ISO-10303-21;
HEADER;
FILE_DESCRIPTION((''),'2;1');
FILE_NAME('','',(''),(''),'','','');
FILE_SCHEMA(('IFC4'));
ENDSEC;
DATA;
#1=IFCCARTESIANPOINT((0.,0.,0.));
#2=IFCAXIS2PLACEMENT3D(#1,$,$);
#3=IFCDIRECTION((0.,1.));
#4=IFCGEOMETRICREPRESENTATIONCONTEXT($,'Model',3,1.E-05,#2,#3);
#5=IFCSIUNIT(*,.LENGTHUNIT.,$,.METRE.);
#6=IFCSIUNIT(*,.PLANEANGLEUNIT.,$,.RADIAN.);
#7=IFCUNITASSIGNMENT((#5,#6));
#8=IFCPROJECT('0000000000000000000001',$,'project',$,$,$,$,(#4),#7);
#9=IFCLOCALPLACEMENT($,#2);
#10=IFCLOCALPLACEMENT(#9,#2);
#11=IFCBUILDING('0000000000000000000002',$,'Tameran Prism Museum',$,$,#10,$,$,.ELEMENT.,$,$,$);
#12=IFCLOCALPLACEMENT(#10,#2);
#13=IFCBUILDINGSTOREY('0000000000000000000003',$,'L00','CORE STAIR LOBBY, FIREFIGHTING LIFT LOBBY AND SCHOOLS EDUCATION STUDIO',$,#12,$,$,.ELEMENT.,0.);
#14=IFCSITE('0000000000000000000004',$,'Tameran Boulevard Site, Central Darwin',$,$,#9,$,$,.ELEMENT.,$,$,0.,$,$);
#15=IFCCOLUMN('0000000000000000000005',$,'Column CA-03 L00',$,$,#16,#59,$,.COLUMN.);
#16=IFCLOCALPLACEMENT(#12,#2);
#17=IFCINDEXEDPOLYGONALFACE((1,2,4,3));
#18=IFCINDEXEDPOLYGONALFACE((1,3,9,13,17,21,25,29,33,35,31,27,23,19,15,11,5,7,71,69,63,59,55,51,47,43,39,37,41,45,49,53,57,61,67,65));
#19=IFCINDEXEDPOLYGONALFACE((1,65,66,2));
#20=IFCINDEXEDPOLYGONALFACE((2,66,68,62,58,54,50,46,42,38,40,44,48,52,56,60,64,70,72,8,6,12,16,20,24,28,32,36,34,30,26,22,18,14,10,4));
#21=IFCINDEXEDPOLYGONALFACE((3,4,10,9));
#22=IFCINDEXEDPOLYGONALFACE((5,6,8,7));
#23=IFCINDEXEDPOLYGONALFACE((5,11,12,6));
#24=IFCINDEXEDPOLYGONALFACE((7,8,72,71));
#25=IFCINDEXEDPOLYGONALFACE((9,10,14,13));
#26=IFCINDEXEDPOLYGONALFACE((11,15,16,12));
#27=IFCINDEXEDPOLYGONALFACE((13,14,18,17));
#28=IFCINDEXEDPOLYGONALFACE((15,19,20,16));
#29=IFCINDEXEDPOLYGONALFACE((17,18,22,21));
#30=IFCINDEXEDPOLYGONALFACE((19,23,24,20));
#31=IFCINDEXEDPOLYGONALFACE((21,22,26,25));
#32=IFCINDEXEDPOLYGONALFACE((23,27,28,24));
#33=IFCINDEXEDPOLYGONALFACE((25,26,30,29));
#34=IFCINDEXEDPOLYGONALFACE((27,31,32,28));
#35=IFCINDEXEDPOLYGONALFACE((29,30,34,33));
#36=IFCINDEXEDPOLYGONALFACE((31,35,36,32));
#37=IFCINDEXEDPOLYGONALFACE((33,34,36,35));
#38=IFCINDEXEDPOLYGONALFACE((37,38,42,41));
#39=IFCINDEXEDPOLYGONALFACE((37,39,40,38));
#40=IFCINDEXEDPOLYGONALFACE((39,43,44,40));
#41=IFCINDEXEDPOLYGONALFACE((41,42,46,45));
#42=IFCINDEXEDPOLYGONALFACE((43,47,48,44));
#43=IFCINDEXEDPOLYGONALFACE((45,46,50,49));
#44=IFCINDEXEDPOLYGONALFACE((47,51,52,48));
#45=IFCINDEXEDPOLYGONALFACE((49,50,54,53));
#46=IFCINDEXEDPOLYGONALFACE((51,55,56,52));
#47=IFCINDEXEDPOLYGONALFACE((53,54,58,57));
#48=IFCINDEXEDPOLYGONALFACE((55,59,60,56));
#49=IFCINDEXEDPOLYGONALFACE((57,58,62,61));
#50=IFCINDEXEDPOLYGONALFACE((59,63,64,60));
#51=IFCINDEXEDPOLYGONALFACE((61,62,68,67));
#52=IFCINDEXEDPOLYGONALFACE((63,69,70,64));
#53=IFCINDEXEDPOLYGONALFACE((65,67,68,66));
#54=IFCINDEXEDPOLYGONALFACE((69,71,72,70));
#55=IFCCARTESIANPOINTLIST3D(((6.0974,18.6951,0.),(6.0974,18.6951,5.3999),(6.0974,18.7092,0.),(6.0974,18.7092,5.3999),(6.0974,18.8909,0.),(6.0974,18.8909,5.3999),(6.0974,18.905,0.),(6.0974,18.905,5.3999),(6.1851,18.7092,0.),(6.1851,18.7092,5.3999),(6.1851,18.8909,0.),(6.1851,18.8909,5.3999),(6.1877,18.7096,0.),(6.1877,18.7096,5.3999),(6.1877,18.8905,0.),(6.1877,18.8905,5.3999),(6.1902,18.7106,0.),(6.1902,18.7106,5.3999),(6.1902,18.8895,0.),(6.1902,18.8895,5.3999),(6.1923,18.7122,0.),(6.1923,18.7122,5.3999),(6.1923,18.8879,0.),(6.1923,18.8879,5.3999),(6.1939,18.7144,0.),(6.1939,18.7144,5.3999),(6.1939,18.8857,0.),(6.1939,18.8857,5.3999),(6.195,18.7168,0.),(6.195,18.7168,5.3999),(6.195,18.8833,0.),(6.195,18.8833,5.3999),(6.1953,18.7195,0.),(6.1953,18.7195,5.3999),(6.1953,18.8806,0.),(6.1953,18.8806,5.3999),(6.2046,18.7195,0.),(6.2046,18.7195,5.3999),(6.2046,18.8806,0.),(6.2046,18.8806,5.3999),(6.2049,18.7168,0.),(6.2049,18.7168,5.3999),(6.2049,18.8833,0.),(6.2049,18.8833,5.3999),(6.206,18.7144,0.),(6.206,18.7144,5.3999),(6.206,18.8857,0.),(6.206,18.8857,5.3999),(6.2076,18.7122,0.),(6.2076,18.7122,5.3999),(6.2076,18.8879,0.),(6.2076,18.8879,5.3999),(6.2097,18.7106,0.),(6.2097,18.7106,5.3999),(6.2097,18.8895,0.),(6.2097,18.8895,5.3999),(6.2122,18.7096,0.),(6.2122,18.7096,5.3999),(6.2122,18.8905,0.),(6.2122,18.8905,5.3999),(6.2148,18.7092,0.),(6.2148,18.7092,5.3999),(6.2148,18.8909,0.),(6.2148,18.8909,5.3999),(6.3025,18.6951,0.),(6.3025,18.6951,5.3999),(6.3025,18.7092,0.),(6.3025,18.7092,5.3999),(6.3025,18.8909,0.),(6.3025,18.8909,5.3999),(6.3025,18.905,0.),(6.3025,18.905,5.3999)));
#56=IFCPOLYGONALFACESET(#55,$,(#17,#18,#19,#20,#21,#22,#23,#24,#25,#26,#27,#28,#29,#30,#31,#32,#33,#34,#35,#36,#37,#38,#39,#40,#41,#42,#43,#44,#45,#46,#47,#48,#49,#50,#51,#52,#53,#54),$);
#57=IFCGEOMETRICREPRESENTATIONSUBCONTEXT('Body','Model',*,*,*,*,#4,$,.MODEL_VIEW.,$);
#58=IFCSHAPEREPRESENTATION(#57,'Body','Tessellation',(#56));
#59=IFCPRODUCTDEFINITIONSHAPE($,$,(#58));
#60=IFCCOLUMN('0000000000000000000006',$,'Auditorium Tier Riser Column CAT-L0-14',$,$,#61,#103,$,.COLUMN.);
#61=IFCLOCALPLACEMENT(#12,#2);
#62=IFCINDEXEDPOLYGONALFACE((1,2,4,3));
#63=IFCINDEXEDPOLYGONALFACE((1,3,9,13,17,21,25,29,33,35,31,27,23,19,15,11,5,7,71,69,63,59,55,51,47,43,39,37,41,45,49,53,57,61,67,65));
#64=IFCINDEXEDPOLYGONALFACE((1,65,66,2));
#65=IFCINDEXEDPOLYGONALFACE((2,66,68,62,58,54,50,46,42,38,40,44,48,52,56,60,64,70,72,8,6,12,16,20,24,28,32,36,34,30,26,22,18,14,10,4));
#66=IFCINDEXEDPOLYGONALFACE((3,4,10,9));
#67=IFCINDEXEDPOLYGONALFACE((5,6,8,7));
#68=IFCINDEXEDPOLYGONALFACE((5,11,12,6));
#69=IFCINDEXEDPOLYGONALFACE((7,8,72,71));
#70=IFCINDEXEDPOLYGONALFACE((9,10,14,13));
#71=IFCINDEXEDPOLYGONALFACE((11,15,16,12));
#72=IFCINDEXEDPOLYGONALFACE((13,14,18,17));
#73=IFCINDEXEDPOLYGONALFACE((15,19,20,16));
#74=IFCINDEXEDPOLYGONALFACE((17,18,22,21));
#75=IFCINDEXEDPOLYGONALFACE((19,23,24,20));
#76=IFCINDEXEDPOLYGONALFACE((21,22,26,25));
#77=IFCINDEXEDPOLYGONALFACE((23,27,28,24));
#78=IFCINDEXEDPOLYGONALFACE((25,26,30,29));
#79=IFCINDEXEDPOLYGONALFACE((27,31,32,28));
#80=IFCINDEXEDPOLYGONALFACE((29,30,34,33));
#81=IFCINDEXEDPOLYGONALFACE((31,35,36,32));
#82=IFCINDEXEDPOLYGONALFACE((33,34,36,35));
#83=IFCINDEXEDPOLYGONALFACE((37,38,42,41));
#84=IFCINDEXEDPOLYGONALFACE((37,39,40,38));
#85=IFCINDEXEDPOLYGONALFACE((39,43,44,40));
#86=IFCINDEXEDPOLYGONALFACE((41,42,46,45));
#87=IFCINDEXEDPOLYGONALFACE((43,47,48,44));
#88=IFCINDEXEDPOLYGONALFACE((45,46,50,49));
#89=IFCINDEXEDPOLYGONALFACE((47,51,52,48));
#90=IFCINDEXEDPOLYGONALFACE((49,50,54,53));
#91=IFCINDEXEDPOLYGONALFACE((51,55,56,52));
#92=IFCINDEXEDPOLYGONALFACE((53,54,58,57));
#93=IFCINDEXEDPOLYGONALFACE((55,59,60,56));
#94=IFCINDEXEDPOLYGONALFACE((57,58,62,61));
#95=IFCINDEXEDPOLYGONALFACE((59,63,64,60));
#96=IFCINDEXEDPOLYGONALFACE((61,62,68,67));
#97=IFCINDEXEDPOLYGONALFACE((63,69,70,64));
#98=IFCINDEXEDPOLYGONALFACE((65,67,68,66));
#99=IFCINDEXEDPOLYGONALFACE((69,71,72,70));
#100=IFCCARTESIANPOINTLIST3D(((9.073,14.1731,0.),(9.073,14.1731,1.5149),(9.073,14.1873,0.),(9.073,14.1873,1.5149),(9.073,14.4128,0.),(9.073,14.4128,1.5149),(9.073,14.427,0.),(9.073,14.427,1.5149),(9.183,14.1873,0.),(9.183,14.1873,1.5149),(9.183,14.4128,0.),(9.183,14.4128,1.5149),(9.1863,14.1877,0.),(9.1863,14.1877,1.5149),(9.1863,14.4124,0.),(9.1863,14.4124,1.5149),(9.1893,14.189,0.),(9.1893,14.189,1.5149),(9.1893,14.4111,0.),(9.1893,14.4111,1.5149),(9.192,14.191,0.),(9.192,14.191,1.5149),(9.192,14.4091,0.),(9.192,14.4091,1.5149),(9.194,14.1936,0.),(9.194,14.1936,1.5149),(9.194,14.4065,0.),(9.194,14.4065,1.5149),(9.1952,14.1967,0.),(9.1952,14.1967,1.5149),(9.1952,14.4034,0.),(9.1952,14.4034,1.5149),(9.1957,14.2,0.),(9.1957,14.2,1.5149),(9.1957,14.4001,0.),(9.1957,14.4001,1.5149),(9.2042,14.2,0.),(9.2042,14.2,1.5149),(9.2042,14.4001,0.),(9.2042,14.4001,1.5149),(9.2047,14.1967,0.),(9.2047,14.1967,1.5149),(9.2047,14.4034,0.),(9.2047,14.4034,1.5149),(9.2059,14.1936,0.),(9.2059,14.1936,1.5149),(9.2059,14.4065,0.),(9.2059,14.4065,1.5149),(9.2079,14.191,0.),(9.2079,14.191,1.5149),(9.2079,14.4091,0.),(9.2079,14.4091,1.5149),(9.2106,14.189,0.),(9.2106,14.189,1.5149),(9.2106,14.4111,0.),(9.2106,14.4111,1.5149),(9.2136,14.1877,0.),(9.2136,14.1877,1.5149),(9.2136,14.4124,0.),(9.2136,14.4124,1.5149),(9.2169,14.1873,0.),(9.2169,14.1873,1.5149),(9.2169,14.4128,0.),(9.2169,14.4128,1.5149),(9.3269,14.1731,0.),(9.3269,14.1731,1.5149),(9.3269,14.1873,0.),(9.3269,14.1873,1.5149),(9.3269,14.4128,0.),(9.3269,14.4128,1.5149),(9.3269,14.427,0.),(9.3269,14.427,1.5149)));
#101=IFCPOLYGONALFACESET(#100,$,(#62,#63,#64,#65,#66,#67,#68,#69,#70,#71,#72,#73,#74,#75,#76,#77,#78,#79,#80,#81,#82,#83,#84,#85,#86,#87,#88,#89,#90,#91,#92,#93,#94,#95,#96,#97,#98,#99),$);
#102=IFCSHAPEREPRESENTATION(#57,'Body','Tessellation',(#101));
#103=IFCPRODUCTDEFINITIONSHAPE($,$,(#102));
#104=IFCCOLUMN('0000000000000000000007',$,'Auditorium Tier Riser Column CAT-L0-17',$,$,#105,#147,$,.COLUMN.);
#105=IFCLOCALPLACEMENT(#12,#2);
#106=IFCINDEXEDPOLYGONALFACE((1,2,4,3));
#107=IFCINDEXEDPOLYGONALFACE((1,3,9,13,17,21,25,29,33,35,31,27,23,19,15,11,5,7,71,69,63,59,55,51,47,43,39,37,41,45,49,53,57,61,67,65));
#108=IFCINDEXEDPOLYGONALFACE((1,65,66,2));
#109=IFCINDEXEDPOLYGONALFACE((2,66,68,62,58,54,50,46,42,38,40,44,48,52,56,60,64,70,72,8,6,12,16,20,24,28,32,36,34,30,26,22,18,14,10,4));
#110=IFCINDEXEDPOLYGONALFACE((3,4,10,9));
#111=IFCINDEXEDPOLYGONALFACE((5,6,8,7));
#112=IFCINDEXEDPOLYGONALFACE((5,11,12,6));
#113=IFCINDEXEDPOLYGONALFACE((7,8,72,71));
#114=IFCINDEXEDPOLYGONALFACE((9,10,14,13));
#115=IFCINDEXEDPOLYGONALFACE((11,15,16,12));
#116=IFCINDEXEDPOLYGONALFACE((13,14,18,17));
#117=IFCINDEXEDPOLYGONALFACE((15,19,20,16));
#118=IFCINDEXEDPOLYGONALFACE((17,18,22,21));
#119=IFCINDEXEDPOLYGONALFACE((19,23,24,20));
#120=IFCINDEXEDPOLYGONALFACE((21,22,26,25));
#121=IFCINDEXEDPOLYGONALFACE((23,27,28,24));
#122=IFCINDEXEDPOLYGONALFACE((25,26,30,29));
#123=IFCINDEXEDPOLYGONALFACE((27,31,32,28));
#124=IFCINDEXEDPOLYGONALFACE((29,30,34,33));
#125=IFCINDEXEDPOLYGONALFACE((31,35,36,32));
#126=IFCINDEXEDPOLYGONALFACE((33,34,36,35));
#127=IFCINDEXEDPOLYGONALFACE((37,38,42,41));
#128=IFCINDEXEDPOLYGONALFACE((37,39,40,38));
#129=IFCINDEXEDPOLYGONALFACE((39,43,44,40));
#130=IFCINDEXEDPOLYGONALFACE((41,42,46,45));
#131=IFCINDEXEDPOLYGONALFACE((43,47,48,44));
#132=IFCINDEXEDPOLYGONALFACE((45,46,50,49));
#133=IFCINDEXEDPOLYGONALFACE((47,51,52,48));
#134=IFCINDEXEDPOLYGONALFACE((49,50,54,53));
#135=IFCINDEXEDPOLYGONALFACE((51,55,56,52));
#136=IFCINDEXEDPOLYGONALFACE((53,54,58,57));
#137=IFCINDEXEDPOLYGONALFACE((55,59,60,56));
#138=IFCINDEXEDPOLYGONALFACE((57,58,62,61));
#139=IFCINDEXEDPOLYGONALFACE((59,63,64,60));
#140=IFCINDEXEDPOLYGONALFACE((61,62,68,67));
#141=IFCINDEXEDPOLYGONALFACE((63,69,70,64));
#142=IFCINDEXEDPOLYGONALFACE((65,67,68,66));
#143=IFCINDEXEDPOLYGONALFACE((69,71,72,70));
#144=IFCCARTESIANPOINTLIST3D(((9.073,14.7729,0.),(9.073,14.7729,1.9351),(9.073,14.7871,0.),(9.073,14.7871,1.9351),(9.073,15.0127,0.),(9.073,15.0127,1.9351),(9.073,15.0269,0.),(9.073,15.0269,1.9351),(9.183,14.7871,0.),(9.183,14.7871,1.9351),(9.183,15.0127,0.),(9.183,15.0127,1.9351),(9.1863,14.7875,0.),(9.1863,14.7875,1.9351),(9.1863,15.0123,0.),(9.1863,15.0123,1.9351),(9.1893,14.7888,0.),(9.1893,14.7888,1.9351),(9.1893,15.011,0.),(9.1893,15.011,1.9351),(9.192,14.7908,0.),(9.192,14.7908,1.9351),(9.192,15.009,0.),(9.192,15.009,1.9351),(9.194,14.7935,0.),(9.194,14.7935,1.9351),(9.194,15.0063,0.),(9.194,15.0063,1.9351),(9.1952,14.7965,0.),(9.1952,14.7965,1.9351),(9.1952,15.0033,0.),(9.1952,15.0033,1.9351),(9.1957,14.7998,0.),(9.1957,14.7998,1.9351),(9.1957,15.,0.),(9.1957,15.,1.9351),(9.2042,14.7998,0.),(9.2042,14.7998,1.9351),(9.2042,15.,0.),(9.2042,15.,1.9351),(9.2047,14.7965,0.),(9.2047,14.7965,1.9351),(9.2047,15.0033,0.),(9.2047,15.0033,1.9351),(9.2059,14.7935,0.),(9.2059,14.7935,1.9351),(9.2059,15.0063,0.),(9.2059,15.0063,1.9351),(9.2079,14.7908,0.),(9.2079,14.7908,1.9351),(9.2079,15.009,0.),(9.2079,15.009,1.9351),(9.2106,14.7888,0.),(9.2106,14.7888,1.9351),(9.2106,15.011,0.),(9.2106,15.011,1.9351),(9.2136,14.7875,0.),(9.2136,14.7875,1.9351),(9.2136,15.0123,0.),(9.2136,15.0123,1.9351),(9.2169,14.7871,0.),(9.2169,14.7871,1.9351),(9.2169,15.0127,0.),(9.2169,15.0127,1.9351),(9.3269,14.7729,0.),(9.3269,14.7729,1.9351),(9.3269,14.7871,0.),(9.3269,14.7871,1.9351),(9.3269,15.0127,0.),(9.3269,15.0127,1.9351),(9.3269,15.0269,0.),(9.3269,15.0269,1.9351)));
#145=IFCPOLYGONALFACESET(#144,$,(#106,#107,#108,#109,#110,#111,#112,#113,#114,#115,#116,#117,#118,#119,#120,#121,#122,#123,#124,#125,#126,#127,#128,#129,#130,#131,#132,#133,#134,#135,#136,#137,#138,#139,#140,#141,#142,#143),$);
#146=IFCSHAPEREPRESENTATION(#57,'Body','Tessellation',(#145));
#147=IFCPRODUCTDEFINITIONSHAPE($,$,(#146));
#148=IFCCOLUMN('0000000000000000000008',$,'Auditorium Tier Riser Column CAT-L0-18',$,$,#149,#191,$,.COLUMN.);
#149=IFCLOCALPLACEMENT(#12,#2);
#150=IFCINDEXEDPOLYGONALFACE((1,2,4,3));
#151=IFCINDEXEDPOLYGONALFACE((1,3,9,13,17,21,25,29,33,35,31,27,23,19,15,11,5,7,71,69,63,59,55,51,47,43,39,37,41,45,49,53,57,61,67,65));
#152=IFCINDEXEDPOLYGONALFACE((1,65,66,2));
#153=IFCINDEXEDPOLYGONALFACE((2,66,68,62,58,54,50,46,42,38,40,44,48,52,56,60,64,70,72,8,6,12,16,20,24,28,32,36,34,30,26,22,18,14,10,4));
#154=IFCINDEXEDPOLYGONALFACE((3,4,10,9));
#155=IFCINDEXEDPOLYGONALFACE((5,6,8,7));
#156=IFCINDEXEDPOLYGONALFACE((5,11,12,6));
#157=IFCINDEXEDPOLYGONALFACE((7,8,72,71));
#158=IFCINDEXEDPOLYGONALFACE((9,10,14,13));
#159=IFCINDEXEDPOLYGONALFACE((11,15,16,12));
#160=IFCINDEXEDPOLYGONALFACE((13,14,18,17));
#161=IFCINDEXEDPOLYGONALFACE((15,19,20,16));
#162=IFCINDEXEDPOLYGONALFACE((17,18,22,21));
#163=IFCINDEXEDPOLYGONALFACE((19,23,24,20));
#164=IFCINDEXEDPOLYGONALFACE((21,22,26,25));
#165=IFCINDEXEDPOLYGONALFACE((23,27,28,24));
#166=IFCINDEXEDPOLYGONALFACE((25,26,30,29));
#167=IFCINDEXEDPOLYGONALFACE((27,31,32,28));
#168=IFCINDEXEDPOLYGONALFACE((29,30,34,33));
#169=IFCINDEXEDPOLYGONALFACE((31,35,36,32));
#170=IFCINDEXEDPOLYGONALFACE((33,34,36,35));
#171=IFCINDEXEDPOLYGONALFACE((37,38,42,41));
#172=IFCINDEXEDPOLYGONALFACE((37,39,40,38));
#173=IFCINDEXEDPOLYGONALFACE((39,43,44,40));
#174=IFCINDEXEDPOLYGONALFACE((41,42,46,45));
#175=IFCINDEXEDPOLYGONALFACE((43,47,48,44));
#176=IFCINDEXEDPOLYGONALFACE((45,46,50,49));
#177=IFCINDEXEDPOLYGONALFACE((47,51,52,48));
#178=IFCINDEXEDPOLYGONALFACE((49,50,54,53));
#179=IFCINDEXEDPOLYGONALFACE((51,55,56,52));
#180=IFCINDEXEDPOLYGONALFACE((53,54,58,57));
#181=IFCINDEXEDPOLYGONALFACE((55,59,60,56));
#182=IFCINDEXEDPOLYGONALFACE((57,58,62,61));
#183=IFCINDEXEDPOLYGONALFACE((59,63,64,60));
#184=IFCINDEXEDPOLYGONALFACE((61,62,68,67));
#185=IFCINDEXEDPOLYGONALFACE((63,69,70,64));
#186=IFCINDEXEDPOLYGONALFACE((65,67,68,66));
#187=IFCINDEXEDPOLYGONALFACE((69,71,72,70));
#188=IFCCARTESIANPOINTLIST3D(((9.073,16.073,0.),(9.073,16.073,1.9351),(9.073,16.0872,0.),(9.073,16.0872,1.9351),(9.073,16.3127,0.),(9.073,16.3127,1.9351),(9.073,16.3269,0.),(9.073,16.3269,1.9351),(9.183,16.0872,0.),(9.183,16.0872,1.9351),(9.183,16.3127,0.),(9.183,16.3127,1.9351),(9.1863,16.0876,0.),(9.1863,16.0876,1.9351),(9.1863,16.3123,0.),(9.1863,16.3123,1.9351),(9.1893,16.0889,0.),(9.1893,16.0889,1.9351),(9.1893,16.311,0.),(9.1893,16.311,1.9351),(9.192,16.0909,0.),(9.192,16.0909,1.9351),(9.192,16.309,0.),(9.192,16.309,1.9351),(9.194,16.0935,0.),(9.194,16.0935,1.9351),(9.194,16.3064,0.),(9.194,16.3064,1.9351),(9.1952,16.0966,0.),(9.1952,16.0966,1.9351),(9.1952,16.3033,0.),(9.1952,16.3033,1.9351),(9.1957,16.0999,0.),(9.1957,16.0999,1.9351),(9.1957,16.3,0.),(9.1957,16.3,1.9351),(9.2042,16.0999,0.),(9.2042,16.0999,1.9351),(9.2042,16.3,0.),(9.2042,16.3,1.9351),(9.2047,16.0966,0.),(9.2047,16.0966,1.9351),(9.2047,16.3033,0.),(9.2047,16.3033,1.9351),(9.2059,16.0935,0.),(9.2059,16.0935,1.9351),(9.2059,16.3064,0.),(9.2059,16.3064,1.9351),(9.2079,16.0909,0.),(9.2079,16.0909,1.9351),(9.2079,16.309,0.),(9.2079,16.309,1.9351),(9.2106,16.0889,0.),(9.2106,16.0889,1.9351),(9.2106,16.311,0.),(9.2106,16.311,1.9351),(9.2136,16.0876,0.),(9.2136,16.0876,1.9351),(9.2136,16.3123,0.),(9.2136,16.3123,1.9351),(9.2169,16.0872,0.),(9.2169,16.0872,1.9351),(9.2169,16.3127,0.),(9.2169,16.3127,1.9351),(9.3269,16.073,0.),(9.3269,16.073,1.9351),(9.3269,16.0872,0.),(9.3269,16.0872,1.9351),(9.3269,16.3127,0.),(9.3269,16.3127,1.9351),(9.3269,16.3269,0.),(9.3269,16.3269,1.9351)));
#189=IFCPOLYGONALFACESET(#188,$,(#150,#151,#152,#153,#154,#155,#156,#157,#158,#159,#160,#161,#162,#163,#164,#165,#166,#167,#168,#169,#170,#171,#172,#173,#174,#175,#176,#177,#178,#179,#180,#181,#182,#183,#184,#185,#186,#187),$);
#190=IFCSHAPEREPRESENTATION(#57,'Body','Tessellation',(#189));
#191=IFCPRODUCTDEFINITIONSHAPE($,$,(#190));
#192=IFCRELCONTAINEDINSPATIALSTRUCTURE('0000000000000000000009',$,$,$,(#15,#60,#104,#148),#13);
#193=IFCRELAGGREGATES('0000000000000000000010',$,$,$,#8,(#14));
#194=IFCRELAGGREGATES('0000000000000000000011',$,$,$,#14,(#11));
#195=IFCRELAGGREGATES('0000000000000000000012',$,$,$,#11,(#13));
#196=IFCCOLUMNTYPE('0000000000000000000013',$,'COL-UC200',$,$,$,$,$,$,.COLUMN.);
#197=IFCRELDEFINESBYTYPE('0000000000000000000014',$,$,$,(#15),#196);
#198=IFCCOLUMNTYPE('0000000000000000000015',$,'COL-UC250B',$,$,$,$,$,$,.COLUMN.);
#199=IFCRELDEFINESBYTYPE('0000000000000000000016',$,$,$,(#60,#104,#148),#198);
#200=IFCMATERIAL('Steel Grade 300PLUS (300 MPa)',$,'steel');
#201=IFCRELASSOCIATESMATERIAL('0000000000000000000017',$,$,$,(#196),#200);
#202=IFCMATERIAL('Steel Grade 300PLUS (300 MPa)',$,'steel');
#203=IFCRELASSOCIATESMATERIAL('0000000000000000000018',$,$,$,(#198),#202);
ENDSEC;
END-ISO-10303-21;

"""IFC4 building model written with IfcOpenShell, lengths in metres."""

from ifc_helpers import new_model, si_unit, direction, frame, origin, origin_2d, place, context, subcontext, project, spatial, i_section, extrude, material, material_profile, profile_set, type_object, element, save


model = new_model("IFC4")

# Units and contexts
model_context = context("Model", 3, precision=1e-05, world=origin(), true_north=direction((0.0, 1.0)))
body_context = subcontext(model_context, "Body", "Model", "MODEL_VIEW")
ifc_project = project(units=[si_unit("LENGTHUNIT", "METRE"), si_unit("PLANEANGLEUNIT", "RADIAN")], contexts=[model_context])

# Site, building, storey
site_placement = place(None, origin())
site = spatial("IfcSite", under=ifc_project, at=site_placement, Name="Tameran Boulevard Site, Central Darwin", CompositionType="ELEMENT", RefElevation=0.0)
building_placement = place(site_placement, origin())
building = spatial("IfcBuilding", under=site, at=building_placement, Name="Tameran Prism Museum", CompositionType="ELEMENT")
storey_placement = place(building_placement, origin())
storey = spatial("IfcBuildingStorey", under=building, at=storey_placement, Name="L00", Description="CORE STAIR LOBBY, FIREFIGHTING LIFT LOBBY AND SCHOOLS EDUCATION STUDIO", CompositionType="ELEMENT", Elevation=0.0)

# Columns
ifc_material_1 = material(Name="Steel Grade 300PLUS (300 MPa)", Category="steel")
ifc_material_profile_1 = material_profile(ifc_material_1, i_section(OverallWidth=0.2051, OverallDepth=0.21, WebThickness=0.0093, FlangeThickness=0.0142, FilletRadius=0.0103, at=origin_2d()))
ifc_profile_set_1 = profile_set([ifc_material_profile_1])
column_type_1 = type_object("IfcColumnType", Name="COL-UC200", PredefinedType="COLUMN", material=ifc_profile_set_1)
column_1_placement = place(storey_placement, frame((6.2, 18.8, 0.0), z_axis=(0.0, 0.0, 1.0), x_axis=(1.0, 0.0, 0.0)))
element("IfcColumn", 1, at=column_1_placement, inside=storey, type_object=column_type_1, Name="Column CA-03 L00", PredefinedType="COLUMN", context=body_context, shape_type="SweptSolid", body=[
    extrude(i_section(OverallWidth=0.2051, OverallDepth=0.21, WebThickness=0.0093, FlangeThickness=0.0142, FilletRadius=0.0103, at=origin_2d()), origin(), (0.0, 0.0, 1.0), 5.3999),
])
ifc_material_2 = material(Name="Steel Grade 300PLUS (300 MPa)", Category="steel")
ifc_material_profile_2 = material_profile(ifc_material_2, i_section(OverallWidth=0.2539, OverallDepth=0.2539, WebThickness=0.0085, FlangeThickness=0.0142, FilletRadius=0.0127, at=origin_2d()))
ifc_profile_set_2 = profile_set([ifc_material_profile_2])
column_type_2 = type_object("IfcColumnType", Name="COL-UC250B", PredefinedType="COLUMN", material=ifc_profile_set_2)
column_2_placement = place(storey_placement, frame((9.2, 14.3, 0.0), z_axis=(0.0, 0.0, 1.0), x_axis=(1.0, 0.0, 0.0)))
element("IfcColumn", 2, at=column_2_placement, inside=storey, type_object=column_type_2, Name="Auditorium Tier Riser Column CAT-L0-14", PredefinedType="COLUMN", context=body_context, shape_type="SweptSolid", body=[
    extrude(i_section(OverallWidth=0.2539, OverallDepth=0.2539, WebThickness=0.0085, FlangeThickness=0.0142, FilletRadius=0.0127, at=origin_2d()), origin(), (0.0, 0.0, 1.0), 1.5149),
])
for number, where, z_axis, x_axis, name in (
    (3, (9.2, 14.8999, 0.0), (0.0, 0.0, 1.0), (1.0, 0.0, 0.0), "Auditorium Tier Riser Column CAT-L0-17"),
    (4, (9.2, 16.2, 0.0), (0.0, 0.0, 1.0), (1.0, 0.0, 0.0), "Auditorium Tier Riser Column CAT-L0-18"),
):
    element("IfcColumn", number, at=place(storey_placement, frame(where, z_axis=z_axis, x_axis=x_axis)), inside=storey, type_object=column_type_2, Name=name, PredefinedType="COLUMN", context=body_context, shape_type="SweptSolid", body=[
        extrude(i_section(OverallWidth=0.2539, OverallDepth=0.2539, WebThickness=0.0085, FlangeThickness=0.0142, FilletRadius=0.0127, at=origin_2d()), origin(), (0.0, 0.0, 1.0), 1.9351),
    ])

save(model, "model.ifc")
